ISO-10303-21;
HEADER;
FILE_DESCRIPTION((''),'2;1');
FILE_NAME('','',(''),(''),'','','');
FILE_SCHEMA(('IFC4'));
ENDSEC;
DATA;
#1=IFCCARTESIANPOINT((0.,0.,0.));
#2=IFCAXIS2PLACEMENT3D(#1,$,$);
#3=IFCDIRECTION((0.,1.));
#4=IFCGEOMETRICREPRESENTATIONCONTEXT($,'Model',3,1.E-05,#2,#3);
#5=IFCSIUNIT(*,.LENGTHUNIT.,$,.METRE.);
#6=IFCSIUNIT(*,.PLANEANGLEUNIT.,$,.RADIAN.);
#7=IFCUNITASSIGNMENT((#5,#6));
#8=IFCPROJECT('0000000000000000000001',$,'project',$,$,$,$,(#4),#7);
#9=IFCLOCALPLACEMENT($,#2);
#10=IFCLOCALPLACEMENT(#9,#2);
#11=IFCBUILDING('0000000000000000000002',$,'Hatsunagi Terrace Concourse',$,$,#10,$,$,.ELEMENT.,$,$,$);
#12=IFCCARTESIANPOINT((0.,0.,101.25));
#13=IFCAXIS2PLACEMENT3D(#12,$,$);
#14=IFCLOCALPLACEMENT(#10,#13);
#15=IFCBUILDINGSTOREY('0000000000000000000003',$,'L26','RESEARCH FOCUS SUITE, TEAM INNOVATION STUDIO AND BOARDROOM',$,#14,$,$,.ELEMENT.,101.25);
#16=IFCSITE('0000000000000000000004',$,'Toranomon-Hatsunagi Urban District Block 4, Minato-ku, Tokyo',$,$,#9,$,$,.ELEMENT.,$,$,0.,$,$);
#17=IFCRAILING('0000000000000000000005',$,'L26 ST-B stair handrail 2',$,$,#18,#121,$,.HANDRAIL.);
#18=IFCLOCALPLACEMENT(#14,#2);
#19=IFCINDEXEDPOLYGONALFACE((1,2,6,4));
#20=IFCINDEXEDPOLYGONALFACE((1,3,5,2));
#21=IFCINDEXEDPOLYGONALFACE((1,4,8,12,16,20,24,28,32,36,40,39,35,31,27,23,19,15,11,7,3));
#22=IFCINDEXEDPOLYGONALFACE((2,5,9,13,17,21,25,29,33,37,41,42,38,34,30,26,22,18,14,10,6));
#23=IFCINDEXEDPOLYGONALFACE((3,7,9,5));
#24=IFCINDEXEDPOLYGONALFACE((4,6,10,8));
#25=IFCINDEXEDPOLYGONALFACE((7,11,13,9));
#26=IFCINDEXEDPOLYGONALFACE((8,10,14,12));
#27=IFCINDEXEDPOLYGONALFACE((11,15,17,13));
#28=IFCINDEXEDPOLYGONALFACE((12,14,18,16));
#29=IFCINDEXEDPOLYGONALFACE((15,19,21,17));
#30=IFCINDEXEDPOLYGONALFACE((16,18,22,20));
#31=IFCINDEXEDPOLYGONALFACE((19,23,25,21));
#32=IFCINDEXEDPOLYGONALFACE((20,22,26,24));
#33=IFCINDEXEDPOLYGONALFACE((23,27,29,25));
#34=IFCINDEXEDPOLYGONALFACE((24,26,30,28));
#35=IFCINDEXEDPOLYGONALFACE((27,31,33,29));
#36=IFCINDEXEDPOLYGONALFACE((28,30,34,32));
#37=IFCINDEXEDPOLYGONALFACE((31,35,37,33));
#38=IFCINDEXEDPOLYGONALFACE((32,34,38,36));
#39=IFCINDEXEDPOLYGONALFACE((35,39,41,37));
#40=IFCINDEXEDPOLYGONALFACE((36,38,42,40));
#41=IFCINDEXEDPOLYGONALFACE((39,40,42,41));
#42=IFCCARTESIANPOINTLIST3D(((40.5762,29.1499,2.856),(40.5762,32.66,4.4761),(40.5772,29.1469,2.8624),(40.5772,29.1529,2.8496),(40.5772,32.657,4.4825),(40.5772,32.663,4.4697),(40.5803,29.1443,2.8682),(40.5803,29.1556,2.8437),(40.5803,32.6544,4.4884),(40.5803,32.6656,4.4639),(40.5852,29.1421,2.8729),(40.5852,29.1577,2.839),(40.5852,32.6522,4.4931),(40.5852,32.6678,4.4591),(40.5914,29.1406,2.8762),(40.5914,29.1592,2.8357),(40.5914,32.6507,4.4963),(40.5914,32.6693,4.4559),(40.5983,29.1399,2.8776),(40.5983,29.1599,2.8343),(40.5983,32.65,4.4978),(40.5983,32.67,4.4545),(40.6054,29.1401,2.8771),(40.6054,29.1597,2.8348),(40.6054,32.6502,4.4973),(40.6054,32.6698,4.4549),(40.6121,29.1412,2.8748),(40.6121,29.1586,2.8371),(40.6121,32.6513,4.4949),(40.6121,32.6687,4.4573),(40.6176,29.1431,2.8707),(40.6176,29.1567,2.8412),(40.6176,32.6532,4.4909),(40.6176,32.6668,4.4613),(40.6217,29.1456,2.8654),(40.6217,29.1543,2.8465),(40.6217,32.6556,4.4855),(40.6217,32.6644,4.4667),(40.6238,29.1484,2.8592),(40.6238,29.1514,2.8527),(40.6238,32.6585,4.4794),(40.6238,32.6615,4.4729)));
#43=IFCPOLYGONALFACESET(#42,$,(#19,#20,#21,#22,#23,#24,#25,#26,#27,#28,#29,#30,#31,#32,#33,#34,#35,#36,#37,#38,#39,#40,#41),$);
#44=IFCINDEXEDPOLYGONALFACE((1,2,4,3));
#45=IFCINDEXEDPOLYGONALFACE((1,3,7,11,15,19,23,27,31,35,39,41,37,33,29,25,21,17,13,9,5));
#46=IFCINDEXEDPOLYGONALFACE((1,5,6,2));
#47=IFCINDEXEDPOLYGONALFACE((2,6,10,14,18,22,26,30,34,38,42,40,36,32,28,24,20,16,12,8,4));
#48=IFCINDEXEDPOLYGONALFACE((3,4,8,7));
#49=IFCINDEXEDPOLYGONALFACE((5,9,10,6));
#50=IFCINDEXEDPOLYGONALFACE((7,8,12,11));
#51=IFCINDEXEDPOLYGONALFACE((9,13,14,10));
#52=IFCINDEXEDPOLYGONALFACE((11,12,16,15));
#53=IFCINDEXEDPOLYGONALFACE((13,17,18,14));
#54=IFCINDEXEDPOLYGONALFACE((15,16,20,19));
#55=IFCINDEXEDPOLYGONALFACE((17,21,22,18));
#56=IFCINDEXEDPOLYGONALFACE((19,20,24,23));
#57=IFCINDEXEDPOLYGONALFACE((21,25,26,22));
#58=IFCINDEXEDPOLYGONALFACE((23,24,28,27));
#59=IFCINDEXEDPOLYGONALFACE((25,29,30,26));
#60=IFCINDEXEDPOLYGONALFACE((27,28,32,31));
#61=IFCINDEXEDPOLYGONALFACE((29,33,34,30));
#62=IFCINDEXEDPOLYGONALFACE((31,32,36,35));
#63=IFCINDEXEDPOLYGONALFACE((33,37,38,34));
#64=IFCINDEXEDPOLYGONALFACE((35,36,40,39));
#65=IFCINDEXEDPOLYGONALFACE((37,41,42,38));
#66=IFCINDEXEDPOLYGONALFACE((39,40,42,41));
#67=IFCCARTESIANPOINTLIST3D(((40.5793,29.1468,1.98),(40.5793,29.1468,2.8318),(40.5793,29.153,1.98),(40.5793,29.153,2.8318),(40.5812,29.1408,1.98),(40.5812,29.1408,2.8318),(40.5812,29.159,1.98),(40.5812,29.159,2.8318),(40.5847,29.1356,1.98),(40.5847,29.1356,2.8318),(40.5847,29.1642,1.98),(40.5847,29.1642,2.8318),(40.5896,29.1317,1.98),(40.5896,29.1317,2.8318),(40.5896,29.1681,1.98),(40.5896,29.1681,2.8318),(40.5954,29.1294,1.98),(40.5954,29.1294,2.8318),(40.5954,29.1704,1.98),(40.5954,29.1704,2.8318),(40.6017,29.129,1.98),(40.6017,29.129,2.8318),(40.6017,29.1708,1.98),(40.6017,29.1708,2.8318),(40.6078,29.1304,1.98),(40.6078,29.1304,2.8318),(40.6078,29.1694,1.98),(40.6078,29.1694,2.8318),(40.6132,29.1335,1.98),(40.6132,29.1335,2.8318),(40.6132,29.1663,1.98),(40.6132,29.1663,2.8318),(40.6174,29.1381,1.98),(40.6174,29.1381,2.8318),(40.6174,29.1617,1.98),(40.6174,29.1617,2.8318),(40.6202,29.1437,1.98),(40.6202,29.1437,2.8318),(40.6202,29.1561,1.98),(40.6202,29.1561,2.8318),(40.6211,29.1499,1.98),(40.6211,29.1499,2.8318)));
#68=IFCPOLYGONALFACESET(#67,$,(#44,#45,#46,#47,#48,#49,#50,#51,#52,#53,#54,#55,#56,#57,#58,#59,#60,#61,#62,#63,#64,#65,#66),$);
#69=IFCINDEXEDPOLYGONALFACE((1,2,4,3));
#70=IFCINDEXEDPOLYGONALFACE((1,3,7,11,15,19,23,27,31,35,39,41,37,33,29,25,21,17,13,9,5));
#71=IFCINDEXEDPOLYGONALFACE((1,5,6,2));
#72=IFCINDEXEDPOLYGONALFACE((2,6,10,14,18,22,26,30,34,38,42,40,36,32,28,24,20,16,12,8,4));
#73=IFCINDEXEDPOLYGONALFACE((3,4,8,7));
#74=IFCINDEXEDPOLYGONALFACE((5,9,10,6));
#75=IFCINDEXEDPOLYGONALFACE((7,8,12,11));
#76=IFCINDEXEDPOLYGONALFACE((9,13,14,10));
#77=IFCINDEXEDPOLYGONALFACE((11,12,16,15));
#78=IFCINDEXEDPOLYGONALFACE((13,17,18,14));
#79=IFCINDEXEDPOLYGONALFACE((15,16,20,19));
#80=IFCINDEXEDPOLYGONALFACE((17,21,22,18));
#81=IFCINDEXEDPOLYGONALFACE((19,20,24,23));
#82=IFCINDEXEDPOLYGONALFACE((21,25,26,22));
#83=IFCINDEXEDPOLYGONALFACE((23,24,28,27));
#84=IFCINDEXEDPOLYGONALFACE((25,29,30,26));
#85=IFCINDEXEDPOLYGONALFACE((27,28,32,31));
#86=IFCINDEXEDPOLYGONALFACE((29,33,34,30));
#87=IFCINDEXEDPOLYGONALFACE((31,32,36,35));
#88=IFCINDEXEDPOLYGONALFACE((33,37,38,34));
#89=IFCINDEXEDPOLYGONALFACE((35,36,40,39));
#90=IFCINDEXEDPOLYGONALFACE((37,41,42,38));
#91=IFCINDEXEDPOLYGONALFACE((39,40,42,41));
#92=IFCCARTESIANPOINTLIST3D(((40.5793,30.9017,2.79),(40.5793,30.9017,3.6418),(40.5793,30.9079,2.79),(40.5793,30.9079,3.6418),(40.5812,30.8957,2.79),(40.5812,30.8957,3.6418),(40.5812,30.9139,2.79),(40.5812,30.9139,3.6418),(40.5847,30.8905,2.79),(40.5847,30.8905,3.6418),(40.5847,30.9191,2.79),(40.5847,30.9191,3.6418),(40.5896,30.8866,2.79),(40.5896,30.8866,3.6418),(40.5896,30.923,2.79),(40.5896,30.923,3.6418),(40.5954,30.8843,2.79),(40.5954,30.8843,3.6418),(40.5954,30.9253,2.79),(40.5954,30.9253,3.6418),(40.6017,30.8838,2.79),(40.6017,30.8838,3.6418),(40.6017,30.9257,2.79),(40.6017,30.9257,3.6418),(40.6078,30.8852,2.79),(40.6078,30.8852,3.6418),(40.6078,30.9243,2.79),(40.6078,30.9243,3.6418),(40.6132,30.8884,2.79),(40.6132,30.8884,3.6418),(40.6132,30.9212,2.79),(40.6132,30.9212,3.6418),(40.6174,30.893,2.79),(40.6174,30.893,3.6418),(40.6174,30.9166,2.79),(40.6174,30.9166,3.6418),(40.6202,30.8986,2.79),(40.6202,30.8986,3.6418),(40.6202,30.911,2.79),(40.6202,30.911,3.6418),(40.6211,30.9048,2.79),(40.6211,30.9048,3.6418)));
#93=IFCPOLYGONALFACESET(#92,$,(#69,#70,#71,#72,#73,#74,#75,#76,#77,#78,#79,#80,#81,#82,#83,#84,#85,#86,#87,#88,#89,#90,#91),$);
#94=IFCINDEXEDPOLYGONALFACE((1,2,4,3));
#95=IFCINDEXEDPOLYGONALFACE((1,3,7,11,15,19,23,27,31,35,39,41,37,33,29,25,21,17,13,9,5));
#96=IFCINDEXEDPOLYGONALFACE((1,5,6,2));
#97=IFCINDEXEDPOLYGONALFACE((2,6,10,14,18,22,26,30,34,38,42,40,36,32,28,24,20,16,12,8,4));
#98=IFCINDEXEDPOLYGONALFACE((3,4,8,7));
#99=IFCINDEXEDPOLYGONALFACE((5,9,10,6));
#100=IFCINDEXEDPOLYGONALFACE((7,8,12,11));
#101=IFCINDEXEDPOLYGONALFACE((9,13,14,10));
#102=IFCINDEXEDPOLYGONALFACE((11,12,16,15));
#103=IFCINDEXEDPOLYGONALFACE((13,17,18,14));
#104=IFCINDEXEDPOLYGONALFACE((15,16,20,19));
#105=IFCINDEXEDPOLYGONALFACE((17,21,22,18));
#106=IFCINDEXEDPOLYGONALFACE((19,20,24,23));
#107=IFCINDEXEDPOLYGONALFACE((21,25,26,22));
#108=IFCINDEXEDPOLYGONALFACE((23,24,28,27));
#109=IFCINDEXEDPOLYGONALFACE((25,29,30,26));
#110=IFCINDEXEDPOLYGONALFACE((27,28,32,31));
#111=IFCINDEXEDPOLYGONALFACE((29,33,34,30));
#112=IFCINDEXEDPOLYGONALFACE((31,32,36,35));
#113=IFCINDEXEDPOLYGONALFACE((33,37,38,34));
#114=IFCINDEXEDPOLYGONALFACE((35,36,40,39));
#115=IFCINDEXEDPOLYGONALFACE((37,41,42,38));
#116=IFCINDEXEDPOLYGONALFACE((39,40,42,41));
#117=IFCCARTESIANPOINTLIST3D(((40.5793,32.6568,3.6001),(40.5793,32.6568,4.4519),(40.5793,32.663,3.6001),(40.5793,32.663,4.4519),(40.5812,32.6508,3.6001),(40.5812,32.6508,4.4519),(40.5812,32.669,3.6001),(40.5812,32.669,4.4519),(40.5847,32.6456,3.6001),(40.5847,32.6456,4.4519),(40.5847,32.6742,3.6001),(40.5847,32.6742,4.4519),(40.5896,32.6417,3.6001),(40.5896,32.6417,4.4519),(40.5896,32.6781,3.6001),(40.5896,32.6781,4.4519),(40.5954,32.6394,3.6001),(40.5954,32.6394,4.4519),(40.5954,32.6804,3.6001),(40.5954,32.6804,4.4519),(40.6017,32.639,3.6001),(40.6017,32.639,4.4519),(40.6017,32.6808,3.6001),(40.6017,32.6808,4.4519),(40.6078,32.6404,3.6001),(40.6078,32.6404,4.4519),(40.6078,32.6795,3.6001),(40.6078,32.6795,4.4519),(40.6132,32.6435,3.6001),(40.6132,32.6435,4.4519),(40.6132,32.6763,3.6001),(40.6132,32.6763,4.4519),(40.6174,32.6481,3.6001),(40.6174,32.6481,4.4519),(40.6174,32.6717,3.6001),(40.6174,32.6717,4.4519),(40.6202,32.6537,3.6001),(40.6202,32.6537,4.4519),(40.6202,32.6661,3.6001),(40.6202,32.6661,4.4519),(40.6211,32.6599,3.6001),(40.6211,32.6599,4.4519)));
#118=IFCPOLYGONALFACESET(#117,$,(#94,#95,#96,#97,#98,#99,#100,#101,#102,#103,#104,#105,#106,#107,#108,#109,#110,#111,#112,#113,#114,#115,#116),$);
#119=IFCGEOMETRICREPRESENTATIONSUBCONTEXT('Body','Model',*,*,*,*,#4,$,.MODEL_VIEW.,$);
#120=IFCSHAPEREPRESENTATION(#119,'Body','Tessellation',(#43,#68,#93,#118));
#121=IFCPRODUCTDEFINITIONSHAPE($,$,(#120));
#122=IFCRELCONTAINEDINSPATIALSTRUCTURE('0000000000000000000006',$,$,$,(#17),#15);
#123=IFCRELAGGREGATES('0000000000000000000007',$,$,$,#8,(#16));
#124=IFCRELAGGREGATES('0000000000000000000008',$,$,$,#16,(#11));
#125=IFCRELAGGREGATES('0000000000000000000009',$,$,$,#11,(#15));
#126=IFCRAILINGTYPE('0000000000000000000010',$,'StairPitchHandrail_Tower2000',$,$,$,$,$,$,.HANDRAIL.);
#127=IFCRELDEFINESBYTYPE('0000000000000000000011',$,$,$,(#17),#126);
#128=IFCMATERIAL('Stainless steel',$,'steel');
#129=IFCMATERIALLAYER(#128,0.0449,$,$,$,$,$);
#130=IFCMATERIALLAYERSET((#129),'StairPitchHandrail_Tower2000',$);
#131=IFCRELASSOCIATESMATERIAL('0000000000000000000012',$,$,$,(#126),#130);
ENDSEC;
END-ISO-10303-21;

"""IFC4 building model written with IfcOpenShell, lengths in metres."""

from ifc_helpers import new_model, si_unit, direction, frame, origin, origin_2d, place, context, subcontext, project, spatial, circle, extrude, material, layer, layer_set, type_object, element, save


model = new_model("IFC4")

# Units and contexts
model_context = context("Model", 3, precision=1e-05, world=origin(), true_north=direction((0.0, 1.0)))
body_context = subcontext(model_context, "Body", "Model", "MODEL_VIEW")
ifc_project = project(units=[si_unit("LENGTHUNIT", "METRE"), si_unit("PLANEANGLEUNIT", "RADIAN")], contexts=[model_context])

# Site, building, storey
site_placement = place(None, origin())
site = spatial("IfcSite", under=ifc_project, at=site_placement, Name="Toranomon-Hatsunagi Urban District Block 4, Minato-ku, Tokyo", CompositionType="ELEMENT", RefElevation=0.0)
building_placement = place(site_placement, origin())
building = spatial("IfcBuilding", under=site, at=building_placement, Name="Hatsunagi Terrace Concourse", CompositionType="ELEMENT")
storey_placement = place(building_placement, frame((0.0, 0.0, 101.25)))
storey = spatial("IfcBuildingStorey", under=building, at=storey_placement, Name="L26", Description="RESEARCH FOCUS SUITE, TEAM INNOVATION STUDIO AND BOARDROOM", CompositionType="ELEMENT", Elevation=101.25)

# Railing
ifc_material_1 = material(Name="Stainless steel", Category="steel")
ifc_layer_1 = layer(ifc_material_1, 0.0449)
ifc_layer_set_1 = layer_set([ifc_layer_1], Name="StairPitchHandrail_Tower2000")
railing_type_1 = type_object("IfcRailingType", Name="StairPitchHandrail_Tower2000", PredefinedType="HANDRAIL", material=ifc_layer_set_1)
railing_1_placement = place(storey_placement, frame((40.6001, 29.1499, 1.98)))
element("IfcRailing", 1, at=railing_1_placement, inside=storey, type_object=railing_type_1, Name="L26 ST-B stair handrail 2", PredefinedType="HANDRAIL", context=body_context, shape_type="SweptSolid", body=[
    extrude(circle(Radius=0.0239, at=origin_2d()), frame((0.0, 0.0, 0.876), z_axis=(0.0, 0.907948, 0.419082), x_axis=(-1.0, 0.0, 0.0)), (0.0, 0.0, 1.0), 3.866),
    extrude(circle(Radius=0.021, at=origin_2d()), origin(), (0.0, 0.0, 1.0), 0.8518),
    extrude(circle(Radius=0.021, at=origin_2d()), frame((0.0, 1.7549, 0.8101)), (0.0, 0.0, 1.0), 0.8518),
    extrude(circle(Radius=0.021, at=origin_2d()), frame((0.0, 3.51, 1.6201)), (0.0, 0.0, 1.0), 0.8518),
])

save(model, "model.ifc")
